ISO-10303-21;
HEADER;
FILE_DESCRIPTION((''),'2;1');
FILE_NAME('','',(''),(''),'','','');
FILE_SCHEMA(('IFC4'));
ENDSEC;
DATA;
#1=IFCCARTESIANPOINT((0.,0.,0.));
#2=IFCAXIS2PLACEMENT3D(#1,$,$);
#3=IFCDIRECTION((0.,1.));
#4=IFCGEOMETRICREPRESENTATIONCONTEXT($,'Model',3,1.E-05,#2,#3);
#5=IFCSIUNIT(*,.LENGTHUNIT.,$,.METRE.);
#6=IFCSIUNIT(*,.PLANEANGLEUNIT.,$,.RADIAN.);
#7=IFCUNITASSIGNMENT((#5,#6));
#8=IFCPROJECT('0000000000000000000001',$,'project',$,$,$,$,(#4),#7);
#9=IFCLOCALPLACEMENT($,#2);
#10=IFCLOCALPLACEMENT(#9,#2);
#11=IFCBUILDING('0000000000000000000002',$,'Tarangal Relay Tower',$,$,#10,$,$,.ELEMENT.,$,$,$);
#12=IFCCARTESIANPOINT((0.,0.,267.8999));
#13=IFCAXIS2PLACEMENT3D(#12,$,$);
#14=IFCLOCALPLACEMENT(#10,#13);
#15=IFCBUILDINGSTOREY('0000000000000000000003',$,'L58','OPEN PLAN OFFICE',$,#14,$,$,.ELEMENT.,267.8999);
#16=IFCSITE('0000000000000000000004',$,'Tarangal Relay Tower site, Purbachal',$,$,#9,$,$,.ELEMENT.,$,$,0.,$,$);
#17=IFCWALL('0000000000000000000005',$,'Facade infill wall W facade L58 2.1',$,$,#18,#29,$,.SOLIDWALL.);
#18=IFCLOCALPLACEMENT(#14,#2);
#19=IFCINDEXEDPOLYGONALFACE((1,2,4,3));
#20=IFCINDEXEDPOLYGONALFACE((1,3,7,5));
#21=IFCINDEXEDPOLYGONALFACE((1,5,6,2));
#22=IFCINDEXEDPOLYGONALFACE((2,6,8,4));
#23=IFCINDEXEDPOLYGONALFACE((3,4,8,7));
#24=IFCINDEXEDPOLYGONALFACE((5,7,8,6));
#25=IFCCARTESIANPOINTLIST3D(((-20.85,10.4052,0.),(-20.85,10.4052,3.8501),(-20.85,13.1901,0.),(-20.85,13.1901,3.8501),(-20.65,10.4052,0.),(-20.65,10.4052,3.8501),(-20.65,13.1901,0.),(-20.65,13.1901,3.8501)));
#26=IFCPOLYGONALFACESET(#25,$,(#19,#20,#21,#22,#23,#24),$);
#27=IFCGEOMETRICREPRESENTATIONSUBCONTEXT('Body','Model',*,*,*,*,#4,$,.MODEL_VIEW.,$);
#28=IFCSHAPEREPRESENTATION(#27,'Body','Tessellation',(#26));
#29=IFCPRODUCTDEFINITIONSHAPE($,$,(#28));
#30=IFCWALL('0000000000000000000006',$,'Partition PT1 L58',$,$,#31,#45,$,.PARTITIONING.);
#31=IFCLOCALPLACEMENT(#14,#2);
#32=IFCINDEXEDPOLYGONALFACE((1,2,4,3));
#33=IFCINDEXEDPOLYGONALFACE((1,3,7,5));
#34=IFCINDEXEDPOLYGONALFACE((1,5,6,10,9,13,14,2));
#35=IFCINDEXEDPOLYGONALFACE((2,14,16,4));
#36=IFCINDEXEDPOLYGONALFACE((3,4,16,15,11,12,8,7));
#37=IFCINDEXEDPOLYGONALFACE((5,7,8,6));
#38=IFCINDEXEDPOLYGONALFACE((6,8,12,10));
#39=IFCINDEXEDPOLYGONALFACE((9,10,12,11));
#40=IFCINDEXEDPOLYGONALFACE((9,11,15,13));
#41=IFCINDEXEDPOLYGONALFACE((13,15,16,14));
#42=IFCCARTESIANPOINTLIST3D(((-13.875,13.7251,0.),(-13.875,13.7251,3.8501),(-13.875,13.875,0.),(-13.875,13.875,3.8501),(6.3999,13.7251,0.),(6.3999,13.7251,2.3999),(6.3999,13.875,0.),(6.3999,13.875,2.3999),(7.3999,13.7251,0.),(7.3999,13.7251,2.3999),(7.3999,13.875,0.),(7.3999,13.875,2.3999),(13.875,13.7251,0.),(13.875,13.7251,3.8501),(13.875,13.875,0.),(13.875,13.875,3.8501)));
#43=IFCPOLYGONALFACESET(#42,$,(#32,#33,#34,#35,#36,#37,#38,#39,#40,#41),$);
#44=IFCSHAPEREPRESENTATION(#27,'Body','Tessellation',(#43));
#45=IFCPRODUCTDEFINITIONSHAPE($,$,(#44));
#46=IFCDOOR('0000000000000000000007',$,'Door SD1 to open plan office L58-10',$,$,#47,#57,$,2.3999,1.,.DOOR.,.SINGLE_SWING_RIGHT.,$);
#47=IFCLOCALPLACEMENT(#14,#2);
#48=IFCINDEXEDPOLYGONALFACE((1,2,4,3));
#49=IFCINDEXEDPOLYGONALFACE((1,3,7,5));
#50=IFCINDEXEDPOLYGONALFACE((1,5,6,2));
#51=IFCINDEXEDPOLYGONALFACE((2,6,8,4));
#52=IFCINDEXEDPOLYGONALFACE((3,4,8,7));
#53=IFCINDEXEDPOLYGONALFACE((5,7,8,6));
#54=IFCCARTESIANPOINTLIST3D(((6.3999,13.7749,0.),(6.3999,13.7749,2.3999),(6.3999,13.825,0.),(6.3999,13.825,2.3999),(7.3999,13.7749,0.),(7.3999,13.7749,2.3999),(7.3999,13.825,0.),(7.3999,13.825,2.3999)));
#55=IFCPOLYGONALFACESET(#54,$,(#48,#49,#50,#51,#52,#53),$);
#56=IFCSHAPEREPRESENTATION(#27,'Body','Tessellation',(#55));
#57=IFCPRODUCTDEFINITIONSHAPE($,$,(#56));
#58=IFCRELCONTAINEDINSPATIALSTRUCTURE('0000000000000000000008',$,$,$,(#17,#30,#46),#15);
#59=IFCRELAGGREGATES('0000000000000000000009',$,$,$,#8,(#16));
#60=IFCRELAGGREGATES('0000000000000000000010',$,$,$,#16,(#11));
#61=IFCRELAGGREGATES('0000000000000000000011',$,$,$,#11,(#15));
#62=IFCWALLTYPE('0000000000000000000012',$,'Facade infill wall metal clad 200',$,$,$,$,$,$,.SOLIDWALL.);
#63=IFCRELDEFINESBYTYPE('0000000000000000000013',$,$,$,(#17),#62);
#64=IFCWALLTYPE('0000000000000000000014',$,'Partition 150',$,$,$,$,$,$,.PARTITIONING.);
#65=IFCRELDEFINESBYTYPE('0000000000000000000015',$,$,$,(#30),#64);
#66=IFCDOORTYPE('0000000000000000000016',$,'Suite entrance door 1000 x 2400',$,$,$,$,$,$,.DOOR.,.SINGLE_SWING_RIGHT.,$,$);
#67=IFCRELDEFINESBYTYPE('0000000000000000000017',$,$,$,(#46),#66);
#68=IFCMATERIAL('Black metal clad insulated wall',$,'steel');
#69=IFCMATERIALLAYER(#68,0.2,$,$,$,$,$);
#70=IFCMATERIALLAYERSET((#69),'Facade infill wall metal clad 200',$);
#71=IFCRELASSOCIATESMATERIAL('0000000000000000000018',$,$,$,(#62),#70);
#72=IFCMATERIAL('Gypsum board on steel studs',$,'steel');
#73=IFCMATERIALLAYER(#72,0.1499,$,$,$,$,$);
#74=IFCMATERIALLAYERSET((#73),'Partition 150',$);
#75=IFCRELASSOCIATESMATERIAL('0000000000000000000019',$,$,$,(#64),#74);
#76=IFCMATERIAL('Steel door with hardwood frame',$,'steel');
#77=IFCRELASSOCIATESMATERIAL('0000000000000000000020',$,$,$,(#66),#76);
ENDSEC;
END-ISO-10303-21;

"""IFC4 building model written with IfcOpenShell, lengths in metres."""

from ifc_helpers import new_model, si_unit, direction, frame, frame_2d, origin, place, context, subcontext, project, spatial, rectangle, extrude, material, layer, layer_set, type_object, element, fill, save


model = new_model("IFC4")

# Units and contexts
model_context = context("Model", 3, precision=1e-05, world=origin(), true_north=direction((0.0, 1.0)))
body_context = subcontext(model_context, "Body", "Model", "MODEL_VIEW")
ifc_project = project(units=[si_unit("LENGTHUNIT", "METRE"), si_unit("PLANEANGLEUNIT", "RADIAN")], contexts=[model_context])

# Site, building, storey
site_placement = place(None, origin())
site = spatial("IfcSite", under=ifc_project, at=site_placement, Name="Tarangal Relay Tower site, Purbachal", CompositionType="ELEMENT", RefElevation=0.0)
building_placement = place(site_placement, origin())
building = spatial("IfcBuilding", under=site, at=building_placement, Name="Tarangal Relay Tower", CompositionType="ELEMENT")
storey_placement = place(building_placement, frame((0.0, 0.0, 267.8999)))
storey = spatial("IfcBuildingStorey", under=building, at=storey_placement, Name="L58", Description="OPEN PLAN OFFICE", CompositionType="ELEMENT", Elevation=267.8999)

# Shared definitions
ifc_material_1 = material(Name="Steel door with hardwood frame", Category="steel")

# Shared definitions
ifc_material_2 = material(Name="Black metal clad insulated wall", Category="steel")

# Wall
ifc_layer_1 = layer(ifc_material_2, 0.2)
ifc_layer_set_1 = layer_set([ifc_layer_1], Name="Facade infill wall metal clad 200")
wall_type_1 = type_object("IfcWallType", Name="Facade infill wall metal clad 200", PredefinedType="SOLIDWALL", material=ifc_layer_set_1)
for number, where, z_axis, x_axis, name in (
    (1, (-20.75, 10.405, 0.0), (0.0, 0.0, 1.0), (0.0, 1.0, 0.0), "Facade infill wall W facade L58 2.1"),
):
    element("IfcWall", number, at=place(storey_placement, frame(where, z_axis=z_axis, x_axis=x_axis)), inside=storey, type_object=wall_type_1, Name=name, PredefinedType="SOLIDWALL", context=body_context, shape_type="SweptSolid", body=[
        extrude(rectangle(XDim=2.7849, YDim=0.2, at=frame_2d((1.3926, 0.0))), origin(), (0.0, 0.0, 1.0), 3.8501),
    ])

# Wall, opening, door
ifc_material_3 = material(Name="Gypsum board on steel studs", Category="steel")
ifc_layer_2 = layer(ifc_material_3, 0.1499)
ifc_layer_set_2 = layer_set([ifc_layer_2], Name="Partition 150")
wall_type_2 = type_object("IfcWallType", Name="Partition 150", PredefinedType="PARTITIONING", material=ifc_layer_set_2)
wall_1_placement = place(storey_placement, frame((-13.875, 13.8, 0.0), z_axis=(0.0, 0.0, 1.0), x_axis=(1.0, 0.0, 0.0)))
wall_1 = element("IfcWall", 2, at=wall_1_placement, inside=storey, type_object=wall_type_2, Name="Partition PT1 L58", PredefinedType="PARTITIONING", context=body_context, shape_type="SweptSolid", body=[
    extrude(rectangle(XDim=27.75, YDim=0.1499, at=frame_2d((13.875, 0.0))), origin(), (0.0, 0.0, 1.0), 3.8501),
])
opening_1_placement = place(wall_1_placement, frame((20.2749, 0.0, 0.0)))
opening_1 = element("IfcOpeningElement", 3, at=opening_1_placement, cuts=wall_1, PredefinedType="OPENING", context=body_context, shape_type="SweptSolid", body=[
    extrude(rectangle(XDim=1.0, YDim=2.3999, at=frame_2d((0.5, 1.2))), frame((0.0, 0.085, 0.0), z_axis=(0.0, -1.0, 0.0), x_axis=(1.0, 0.0, 0.0)), (0.0, 0.0, 1.0), 0.1699),
])
door_type_1 = type_object("IfcDoorType", Name="Suite entrance door 1000 x 2400", OperationType="SINGLE_SWING_RIGHT", PredefinedType="DOOR", material=ifc_material_1)
door_1_placement = place(opening_1_placement, origin())
door_1 = element("IfcDoor", 4, at=door_1_placement, inside=storey, type_object=door_type_1, Name="Door SD1 to open plan office L58-10", OperationType="SINGLE_SWING_RIGHT", OverallHeight=2.3999, OverallWidth=1.0, PredefinedType="DOOR", context=body_context, shape_type="SweptSolid", body=[
    extrude(rectangle(XDim=1.0, YDim=2.3999, at=frame_2d((0.5, 1.2))), frame((0.0, 0.0249, 0.0), z_axis=(0.0, -1.0, 0.0), x_axis=(1.0, 0.0, 0.0)), (0.0, 0.0, 1.0), 0.05),
])
fill(opening_1, door_1)

save(model, "model.ifc")
